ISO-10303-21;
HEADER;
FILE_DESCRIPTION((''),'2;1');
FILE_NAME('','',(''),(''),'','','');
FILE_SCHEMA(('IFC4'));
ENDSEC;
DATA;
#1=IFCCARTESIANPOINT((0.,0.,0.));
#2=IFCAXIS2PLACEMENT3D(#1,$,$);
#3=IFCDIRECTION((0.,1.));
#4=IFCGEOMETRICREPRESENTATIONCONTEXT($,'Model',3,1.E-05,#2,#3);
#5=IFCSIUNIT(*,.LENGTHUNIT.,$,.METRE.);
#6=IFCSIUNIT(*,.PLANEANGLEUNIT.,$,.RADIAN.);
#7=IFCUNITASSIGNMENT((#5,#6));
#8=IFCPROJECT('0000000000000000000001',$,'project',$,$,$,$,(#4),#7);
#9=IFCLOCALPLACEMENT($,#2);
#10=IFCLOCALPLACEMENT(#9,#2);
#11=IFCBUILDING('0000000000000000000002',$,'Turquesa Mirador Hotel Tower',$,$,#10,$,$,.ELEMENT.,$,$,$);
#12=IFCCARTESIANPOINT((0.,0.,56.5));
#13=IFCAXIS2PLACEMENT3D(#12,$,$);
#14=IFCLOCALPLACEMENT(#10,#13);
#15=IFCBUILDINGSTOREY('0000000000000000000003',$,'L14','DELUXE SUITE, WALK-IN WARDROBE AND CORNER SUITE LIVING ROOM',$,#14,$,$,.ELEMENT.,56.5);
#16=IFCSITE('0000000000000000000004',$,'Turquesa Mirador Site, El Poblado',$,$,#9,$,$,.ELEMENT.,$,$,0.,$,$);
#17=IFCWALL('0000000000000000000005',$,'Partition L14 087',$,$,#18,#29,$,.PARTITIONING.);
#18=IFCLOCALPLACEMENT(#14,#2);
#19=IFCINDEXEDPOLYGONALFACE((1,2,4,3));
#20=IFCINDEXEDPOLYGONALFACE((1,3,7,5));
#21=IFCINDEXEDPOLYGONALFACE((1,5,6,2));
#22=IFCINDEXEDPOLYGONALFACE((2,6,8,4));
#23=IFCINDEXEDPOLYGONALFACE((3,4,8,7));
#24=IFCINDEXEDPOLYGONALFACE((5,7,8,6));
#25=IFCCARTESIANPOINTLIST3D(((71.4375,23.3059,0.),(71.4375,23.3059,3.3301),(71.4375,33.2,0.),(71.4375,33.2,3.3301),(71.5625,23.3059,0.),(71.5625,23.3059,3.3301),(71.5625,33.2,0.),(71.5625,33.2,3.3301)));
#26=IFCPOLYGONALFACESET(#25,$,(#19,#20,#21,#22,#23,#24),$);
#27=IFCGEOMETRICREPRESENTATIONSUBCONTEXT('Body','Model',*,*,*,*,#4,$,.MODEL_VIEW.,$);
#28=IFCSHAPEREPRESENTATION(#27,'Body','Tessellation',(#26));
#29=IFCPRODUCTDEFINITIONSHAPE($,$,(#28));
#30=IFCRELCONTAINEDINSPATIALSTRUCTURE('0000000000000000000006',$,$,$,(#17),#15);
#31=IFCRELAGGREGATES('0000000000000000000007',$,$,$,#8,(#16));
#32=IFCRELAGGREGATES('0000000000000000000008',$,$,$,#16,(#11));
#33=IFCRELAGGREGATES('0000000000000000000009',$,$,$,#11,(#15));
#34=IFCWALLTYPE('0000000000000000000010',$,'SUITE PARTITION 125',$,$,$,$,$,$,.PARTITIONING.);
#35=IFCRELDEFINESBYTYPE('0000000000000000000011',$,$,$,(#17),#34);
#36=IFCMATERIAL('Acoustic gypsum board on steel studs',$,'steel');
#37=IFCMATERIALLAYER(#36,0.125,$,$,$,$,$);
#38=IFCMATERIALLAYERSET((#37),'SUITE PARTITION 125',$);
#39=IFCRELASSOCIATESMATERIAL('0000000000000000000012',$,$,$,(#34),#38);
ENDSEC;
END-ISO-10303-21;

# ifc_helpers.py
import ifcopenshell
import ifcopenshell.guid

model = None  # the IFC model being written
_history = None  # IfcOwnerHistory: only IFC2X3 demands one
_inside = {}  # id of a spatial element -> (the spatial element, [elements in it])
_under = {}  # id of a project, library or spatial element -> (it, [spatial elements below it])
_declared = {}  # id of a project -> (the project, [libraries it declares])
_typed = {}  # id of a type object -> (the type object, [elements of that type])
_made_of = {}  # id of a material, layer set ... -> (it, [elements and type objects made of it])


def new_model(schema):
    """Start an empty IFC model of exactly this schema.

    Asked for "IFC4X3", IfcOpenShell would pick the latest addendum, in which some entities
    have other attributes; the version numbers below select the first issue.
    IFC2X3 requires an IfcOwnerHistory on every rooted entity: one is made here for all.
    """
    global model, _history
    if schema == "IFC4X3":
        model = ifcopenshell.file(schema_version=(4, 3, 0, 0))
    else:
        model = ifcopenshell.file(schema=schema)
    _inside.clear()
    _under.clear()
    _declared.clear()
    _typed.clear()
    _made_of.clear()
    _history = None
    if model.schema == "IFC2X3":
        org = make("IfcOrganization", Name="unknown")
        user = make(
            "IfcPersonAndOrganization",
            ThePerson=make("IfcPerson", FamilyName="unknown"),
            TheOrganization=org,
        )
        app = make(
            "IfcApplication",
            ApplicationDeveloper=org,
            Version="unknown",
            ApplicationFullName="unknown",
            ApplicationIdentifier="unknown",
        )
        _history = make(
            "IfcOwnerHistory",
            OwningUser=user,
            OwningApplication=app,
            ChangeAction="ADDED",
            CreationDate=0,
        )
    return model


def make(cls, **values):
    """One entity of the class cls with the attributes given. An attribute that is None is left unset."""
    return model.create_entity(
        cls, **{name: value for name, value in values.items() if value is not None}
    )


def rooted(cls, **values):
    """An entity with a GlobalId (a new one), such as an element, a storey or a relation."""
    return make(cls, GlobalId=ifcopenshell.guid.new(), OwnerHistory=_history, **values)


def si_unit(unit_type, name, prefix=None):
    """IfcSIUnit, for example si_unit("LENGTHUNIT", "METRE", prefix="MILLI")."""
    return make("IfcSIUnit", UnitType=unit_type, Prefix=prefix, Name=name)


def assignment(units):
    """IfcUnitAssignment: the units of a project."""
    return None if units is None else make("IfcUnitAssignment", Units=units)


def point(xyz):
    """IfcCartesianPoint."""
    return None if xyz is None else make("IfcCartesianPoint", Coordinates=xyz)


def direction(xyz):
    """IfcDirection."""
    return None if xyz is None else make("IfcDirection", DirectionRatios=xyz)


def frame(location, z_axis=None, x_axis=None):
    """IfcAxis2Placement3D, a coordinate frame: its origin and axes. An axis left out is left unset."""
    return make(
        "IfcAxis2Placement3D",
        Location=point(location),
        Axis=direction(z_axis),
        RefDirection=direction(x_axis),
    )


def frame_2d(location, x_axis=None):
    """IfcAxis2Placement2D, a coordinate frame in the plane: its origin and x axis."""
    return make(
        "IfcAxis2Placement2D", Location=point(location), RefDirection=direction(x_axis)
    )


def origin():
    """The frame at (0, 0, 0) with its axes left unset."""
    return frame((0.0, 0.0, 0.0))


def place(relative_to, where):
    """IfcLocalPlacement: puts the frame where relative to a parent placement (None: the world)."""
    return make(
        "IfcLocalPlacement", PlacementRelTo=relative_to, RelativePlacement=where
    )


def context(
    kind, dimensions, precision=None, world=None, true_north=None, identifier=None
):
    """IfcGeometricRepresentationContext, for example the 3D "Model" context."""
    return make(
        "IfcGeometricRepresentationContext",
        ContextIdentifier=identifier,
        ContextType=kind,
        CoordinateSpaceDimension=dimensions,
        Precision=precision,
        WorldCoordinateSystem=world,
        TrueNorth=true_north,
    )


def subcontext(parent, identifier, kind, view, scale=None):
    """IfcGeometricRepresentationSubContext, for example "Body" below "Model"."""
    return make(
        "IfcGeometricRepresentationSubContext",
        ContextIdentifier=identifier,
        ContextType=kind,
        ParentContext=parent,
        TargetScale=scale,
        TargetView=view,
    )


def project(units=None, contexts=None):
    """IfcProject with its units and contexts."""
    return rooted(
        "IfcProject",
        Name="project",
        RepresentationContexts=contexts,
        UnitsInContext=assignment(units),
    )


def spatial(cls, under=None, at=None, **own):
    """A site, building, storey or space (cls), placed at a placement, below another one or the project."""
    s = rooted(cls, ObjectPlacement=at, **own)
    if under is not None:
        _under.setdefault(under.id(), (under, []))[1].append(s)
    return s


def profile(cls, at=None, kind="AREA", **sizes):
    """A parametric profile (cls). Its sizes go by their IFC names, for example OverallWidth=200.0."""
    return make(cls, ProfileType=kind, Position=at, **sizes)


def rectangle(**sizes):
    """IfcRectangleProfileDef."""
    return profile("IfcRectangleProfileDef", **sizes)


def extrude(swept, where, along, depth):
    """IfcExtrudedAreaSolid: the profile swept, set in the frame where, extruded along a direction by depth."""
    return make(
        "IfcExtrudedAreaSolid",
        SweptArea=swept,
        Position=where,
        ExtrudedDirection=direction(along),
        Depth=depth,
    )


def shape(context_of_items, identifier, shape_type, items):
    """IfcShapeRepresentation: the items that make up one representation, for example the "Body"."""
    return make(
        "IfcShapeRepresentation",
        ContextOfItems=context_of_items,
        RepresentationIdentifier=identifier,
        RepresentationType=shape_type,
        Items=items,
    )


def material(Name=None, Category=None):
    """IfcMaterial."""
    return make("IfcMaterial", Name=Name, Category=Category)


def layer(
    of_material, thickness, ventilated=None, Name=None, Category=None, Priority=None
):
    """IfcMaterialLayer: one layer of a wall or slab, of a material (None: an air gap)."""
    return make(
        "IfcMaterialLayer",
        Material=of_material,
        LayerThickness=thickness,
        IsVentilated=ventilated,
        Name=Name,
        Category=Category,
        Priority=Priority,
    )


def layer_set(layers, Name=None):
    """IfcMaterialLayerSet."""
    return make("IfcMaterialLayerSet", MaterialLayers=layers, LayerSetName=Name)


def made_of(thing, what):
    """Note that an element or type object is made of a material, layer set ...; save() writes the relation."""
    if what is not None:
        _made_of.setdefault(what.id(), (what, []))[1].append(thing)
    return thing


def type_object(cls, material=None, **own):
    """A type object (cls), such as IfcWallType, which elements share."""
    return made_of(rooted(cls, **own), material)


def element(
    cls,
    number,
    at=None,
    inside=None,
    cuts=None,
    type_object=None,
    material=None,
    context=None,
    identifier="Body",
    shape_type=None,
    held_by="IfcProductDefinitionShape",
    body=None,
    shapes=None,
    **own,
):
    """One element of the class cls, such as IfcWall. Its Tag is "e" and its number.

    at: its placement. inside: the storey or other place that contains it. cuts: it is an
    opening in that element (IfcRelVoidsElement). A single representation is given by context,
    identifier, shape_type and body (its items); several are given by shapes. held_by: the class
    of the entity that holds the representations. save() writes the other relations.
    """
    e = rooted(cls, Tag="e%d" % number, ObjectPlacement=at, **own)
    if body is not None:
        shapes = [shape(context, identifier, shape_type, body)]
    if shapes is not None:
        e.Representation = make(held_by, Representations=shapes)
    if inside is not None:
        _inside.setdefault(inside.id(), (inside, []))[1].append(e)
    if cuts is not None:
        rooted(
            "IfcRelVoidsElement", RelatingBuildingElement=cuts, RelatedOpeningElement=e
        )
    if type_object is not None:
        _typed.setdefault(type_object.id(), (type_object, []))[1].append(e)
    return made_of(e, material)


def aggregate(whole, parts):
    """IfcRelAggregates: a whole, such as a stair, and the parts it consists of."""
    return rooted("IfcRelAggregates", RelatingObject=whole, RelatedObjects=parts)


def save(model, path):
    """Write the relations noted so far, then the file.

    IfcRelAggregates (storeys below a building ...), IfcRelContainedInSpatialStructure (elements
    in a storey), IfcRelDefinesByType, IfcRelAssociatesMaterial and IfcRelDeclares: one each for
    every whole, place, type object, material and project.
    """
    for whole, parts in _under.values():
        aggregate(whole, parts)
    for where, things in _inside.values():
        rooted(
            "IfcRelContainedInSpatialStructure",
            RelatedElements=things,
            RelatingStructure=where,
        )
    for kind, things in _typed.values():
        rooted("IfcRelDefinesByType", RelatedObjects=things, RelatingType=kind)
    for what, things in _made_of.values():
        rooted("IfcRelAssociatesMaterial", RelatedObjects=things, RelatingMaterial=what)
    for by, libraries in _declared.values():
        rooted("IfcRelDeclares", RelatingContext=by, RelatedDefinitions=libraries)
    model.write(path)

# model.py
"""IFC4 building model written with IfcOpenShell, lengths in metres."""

from ifc_helpers import new_model, si_unit, direction, frame, frame_2d, origin, place, context, subcontext, project, spatial, rectangle, extrude, material, layer, layer_set, type_object, element, save


model = new_model("IFC4")

# Units and contexts
model_context = context("Model", 3, precision=1e-05, world=origin(), true_north=direction((0.0, 1.0)))
body_context = subcontext(model_context, "Body", "Model", "MODEL_VIEW")
ifc_project = project(units=[si_unit("LENGTHUNIT", "METRE"), si_unit("PLANEANGLEUNIT", "RADIAN")], contexts=[model_context])

# Site, building, storey
site_placement = place(None, origin())
site = spatial("IfcSite", under=ifc_project, at=site_placement, Name="Turquesa Mirador Site, El Poblado", CompositionType="ELEMENT", RefElevation=0.0)
building_placement = place(site_placement, origin())
building = spatial("IfcBuilding", under=site, at=building_placement, Name="Turquesa Mirador Hotel Tower", CompositionType="ELEMENT")
storey_placement = place(building_placement, frame((0.0, 0.0, 56.5)))
storey = spatial("IfcBuildingStorey", under=building, at=storey_placement, Name="L14", Description="DELUXE SUITE, WALK-IN WARDROBE AND CORNER SUITE LIVING ROOM", CompositionType="ELEMENT", Elevation=56.5)

# Wall
ifc_material_1 = material(Name="Acoustic gypsum board on steel studs", Category="steel")
ifc_layer_1 = layer(ifc_material_1, 0.125)
ifc_layer_set_1 = layer_set([ifc_layer_1], Name="SUITE PARTITION 125")
wall_type_1 = type_object("IfcWallType", Name="SUITE PARTITION 125", PredefinedType="PARTITIONING", material=ifc_layer_set_1)
wall_1_placement = place(storey_placement, frame((71.5, 23.3059, 0.0), z_axis=(0.0, 0.0, 1.0), x_axis=(0.0, 1.0, 0.0)))
element("IfcWall", 1, at=wall_1_placement, inside=storey, type_object=wall_type_1, Name="Partition L14 087", PredefinedType="PARTITIONING", context=body_context, shape_type="SweptSolid", body=[
    extrude(rectangle(XDim=9.894, YDim=0.125, at=frame_2d((4.947, 0.0))), origin(), (0.0, 0.0, 1.0), 3.3301),
])

save(model, "model.ifc")
